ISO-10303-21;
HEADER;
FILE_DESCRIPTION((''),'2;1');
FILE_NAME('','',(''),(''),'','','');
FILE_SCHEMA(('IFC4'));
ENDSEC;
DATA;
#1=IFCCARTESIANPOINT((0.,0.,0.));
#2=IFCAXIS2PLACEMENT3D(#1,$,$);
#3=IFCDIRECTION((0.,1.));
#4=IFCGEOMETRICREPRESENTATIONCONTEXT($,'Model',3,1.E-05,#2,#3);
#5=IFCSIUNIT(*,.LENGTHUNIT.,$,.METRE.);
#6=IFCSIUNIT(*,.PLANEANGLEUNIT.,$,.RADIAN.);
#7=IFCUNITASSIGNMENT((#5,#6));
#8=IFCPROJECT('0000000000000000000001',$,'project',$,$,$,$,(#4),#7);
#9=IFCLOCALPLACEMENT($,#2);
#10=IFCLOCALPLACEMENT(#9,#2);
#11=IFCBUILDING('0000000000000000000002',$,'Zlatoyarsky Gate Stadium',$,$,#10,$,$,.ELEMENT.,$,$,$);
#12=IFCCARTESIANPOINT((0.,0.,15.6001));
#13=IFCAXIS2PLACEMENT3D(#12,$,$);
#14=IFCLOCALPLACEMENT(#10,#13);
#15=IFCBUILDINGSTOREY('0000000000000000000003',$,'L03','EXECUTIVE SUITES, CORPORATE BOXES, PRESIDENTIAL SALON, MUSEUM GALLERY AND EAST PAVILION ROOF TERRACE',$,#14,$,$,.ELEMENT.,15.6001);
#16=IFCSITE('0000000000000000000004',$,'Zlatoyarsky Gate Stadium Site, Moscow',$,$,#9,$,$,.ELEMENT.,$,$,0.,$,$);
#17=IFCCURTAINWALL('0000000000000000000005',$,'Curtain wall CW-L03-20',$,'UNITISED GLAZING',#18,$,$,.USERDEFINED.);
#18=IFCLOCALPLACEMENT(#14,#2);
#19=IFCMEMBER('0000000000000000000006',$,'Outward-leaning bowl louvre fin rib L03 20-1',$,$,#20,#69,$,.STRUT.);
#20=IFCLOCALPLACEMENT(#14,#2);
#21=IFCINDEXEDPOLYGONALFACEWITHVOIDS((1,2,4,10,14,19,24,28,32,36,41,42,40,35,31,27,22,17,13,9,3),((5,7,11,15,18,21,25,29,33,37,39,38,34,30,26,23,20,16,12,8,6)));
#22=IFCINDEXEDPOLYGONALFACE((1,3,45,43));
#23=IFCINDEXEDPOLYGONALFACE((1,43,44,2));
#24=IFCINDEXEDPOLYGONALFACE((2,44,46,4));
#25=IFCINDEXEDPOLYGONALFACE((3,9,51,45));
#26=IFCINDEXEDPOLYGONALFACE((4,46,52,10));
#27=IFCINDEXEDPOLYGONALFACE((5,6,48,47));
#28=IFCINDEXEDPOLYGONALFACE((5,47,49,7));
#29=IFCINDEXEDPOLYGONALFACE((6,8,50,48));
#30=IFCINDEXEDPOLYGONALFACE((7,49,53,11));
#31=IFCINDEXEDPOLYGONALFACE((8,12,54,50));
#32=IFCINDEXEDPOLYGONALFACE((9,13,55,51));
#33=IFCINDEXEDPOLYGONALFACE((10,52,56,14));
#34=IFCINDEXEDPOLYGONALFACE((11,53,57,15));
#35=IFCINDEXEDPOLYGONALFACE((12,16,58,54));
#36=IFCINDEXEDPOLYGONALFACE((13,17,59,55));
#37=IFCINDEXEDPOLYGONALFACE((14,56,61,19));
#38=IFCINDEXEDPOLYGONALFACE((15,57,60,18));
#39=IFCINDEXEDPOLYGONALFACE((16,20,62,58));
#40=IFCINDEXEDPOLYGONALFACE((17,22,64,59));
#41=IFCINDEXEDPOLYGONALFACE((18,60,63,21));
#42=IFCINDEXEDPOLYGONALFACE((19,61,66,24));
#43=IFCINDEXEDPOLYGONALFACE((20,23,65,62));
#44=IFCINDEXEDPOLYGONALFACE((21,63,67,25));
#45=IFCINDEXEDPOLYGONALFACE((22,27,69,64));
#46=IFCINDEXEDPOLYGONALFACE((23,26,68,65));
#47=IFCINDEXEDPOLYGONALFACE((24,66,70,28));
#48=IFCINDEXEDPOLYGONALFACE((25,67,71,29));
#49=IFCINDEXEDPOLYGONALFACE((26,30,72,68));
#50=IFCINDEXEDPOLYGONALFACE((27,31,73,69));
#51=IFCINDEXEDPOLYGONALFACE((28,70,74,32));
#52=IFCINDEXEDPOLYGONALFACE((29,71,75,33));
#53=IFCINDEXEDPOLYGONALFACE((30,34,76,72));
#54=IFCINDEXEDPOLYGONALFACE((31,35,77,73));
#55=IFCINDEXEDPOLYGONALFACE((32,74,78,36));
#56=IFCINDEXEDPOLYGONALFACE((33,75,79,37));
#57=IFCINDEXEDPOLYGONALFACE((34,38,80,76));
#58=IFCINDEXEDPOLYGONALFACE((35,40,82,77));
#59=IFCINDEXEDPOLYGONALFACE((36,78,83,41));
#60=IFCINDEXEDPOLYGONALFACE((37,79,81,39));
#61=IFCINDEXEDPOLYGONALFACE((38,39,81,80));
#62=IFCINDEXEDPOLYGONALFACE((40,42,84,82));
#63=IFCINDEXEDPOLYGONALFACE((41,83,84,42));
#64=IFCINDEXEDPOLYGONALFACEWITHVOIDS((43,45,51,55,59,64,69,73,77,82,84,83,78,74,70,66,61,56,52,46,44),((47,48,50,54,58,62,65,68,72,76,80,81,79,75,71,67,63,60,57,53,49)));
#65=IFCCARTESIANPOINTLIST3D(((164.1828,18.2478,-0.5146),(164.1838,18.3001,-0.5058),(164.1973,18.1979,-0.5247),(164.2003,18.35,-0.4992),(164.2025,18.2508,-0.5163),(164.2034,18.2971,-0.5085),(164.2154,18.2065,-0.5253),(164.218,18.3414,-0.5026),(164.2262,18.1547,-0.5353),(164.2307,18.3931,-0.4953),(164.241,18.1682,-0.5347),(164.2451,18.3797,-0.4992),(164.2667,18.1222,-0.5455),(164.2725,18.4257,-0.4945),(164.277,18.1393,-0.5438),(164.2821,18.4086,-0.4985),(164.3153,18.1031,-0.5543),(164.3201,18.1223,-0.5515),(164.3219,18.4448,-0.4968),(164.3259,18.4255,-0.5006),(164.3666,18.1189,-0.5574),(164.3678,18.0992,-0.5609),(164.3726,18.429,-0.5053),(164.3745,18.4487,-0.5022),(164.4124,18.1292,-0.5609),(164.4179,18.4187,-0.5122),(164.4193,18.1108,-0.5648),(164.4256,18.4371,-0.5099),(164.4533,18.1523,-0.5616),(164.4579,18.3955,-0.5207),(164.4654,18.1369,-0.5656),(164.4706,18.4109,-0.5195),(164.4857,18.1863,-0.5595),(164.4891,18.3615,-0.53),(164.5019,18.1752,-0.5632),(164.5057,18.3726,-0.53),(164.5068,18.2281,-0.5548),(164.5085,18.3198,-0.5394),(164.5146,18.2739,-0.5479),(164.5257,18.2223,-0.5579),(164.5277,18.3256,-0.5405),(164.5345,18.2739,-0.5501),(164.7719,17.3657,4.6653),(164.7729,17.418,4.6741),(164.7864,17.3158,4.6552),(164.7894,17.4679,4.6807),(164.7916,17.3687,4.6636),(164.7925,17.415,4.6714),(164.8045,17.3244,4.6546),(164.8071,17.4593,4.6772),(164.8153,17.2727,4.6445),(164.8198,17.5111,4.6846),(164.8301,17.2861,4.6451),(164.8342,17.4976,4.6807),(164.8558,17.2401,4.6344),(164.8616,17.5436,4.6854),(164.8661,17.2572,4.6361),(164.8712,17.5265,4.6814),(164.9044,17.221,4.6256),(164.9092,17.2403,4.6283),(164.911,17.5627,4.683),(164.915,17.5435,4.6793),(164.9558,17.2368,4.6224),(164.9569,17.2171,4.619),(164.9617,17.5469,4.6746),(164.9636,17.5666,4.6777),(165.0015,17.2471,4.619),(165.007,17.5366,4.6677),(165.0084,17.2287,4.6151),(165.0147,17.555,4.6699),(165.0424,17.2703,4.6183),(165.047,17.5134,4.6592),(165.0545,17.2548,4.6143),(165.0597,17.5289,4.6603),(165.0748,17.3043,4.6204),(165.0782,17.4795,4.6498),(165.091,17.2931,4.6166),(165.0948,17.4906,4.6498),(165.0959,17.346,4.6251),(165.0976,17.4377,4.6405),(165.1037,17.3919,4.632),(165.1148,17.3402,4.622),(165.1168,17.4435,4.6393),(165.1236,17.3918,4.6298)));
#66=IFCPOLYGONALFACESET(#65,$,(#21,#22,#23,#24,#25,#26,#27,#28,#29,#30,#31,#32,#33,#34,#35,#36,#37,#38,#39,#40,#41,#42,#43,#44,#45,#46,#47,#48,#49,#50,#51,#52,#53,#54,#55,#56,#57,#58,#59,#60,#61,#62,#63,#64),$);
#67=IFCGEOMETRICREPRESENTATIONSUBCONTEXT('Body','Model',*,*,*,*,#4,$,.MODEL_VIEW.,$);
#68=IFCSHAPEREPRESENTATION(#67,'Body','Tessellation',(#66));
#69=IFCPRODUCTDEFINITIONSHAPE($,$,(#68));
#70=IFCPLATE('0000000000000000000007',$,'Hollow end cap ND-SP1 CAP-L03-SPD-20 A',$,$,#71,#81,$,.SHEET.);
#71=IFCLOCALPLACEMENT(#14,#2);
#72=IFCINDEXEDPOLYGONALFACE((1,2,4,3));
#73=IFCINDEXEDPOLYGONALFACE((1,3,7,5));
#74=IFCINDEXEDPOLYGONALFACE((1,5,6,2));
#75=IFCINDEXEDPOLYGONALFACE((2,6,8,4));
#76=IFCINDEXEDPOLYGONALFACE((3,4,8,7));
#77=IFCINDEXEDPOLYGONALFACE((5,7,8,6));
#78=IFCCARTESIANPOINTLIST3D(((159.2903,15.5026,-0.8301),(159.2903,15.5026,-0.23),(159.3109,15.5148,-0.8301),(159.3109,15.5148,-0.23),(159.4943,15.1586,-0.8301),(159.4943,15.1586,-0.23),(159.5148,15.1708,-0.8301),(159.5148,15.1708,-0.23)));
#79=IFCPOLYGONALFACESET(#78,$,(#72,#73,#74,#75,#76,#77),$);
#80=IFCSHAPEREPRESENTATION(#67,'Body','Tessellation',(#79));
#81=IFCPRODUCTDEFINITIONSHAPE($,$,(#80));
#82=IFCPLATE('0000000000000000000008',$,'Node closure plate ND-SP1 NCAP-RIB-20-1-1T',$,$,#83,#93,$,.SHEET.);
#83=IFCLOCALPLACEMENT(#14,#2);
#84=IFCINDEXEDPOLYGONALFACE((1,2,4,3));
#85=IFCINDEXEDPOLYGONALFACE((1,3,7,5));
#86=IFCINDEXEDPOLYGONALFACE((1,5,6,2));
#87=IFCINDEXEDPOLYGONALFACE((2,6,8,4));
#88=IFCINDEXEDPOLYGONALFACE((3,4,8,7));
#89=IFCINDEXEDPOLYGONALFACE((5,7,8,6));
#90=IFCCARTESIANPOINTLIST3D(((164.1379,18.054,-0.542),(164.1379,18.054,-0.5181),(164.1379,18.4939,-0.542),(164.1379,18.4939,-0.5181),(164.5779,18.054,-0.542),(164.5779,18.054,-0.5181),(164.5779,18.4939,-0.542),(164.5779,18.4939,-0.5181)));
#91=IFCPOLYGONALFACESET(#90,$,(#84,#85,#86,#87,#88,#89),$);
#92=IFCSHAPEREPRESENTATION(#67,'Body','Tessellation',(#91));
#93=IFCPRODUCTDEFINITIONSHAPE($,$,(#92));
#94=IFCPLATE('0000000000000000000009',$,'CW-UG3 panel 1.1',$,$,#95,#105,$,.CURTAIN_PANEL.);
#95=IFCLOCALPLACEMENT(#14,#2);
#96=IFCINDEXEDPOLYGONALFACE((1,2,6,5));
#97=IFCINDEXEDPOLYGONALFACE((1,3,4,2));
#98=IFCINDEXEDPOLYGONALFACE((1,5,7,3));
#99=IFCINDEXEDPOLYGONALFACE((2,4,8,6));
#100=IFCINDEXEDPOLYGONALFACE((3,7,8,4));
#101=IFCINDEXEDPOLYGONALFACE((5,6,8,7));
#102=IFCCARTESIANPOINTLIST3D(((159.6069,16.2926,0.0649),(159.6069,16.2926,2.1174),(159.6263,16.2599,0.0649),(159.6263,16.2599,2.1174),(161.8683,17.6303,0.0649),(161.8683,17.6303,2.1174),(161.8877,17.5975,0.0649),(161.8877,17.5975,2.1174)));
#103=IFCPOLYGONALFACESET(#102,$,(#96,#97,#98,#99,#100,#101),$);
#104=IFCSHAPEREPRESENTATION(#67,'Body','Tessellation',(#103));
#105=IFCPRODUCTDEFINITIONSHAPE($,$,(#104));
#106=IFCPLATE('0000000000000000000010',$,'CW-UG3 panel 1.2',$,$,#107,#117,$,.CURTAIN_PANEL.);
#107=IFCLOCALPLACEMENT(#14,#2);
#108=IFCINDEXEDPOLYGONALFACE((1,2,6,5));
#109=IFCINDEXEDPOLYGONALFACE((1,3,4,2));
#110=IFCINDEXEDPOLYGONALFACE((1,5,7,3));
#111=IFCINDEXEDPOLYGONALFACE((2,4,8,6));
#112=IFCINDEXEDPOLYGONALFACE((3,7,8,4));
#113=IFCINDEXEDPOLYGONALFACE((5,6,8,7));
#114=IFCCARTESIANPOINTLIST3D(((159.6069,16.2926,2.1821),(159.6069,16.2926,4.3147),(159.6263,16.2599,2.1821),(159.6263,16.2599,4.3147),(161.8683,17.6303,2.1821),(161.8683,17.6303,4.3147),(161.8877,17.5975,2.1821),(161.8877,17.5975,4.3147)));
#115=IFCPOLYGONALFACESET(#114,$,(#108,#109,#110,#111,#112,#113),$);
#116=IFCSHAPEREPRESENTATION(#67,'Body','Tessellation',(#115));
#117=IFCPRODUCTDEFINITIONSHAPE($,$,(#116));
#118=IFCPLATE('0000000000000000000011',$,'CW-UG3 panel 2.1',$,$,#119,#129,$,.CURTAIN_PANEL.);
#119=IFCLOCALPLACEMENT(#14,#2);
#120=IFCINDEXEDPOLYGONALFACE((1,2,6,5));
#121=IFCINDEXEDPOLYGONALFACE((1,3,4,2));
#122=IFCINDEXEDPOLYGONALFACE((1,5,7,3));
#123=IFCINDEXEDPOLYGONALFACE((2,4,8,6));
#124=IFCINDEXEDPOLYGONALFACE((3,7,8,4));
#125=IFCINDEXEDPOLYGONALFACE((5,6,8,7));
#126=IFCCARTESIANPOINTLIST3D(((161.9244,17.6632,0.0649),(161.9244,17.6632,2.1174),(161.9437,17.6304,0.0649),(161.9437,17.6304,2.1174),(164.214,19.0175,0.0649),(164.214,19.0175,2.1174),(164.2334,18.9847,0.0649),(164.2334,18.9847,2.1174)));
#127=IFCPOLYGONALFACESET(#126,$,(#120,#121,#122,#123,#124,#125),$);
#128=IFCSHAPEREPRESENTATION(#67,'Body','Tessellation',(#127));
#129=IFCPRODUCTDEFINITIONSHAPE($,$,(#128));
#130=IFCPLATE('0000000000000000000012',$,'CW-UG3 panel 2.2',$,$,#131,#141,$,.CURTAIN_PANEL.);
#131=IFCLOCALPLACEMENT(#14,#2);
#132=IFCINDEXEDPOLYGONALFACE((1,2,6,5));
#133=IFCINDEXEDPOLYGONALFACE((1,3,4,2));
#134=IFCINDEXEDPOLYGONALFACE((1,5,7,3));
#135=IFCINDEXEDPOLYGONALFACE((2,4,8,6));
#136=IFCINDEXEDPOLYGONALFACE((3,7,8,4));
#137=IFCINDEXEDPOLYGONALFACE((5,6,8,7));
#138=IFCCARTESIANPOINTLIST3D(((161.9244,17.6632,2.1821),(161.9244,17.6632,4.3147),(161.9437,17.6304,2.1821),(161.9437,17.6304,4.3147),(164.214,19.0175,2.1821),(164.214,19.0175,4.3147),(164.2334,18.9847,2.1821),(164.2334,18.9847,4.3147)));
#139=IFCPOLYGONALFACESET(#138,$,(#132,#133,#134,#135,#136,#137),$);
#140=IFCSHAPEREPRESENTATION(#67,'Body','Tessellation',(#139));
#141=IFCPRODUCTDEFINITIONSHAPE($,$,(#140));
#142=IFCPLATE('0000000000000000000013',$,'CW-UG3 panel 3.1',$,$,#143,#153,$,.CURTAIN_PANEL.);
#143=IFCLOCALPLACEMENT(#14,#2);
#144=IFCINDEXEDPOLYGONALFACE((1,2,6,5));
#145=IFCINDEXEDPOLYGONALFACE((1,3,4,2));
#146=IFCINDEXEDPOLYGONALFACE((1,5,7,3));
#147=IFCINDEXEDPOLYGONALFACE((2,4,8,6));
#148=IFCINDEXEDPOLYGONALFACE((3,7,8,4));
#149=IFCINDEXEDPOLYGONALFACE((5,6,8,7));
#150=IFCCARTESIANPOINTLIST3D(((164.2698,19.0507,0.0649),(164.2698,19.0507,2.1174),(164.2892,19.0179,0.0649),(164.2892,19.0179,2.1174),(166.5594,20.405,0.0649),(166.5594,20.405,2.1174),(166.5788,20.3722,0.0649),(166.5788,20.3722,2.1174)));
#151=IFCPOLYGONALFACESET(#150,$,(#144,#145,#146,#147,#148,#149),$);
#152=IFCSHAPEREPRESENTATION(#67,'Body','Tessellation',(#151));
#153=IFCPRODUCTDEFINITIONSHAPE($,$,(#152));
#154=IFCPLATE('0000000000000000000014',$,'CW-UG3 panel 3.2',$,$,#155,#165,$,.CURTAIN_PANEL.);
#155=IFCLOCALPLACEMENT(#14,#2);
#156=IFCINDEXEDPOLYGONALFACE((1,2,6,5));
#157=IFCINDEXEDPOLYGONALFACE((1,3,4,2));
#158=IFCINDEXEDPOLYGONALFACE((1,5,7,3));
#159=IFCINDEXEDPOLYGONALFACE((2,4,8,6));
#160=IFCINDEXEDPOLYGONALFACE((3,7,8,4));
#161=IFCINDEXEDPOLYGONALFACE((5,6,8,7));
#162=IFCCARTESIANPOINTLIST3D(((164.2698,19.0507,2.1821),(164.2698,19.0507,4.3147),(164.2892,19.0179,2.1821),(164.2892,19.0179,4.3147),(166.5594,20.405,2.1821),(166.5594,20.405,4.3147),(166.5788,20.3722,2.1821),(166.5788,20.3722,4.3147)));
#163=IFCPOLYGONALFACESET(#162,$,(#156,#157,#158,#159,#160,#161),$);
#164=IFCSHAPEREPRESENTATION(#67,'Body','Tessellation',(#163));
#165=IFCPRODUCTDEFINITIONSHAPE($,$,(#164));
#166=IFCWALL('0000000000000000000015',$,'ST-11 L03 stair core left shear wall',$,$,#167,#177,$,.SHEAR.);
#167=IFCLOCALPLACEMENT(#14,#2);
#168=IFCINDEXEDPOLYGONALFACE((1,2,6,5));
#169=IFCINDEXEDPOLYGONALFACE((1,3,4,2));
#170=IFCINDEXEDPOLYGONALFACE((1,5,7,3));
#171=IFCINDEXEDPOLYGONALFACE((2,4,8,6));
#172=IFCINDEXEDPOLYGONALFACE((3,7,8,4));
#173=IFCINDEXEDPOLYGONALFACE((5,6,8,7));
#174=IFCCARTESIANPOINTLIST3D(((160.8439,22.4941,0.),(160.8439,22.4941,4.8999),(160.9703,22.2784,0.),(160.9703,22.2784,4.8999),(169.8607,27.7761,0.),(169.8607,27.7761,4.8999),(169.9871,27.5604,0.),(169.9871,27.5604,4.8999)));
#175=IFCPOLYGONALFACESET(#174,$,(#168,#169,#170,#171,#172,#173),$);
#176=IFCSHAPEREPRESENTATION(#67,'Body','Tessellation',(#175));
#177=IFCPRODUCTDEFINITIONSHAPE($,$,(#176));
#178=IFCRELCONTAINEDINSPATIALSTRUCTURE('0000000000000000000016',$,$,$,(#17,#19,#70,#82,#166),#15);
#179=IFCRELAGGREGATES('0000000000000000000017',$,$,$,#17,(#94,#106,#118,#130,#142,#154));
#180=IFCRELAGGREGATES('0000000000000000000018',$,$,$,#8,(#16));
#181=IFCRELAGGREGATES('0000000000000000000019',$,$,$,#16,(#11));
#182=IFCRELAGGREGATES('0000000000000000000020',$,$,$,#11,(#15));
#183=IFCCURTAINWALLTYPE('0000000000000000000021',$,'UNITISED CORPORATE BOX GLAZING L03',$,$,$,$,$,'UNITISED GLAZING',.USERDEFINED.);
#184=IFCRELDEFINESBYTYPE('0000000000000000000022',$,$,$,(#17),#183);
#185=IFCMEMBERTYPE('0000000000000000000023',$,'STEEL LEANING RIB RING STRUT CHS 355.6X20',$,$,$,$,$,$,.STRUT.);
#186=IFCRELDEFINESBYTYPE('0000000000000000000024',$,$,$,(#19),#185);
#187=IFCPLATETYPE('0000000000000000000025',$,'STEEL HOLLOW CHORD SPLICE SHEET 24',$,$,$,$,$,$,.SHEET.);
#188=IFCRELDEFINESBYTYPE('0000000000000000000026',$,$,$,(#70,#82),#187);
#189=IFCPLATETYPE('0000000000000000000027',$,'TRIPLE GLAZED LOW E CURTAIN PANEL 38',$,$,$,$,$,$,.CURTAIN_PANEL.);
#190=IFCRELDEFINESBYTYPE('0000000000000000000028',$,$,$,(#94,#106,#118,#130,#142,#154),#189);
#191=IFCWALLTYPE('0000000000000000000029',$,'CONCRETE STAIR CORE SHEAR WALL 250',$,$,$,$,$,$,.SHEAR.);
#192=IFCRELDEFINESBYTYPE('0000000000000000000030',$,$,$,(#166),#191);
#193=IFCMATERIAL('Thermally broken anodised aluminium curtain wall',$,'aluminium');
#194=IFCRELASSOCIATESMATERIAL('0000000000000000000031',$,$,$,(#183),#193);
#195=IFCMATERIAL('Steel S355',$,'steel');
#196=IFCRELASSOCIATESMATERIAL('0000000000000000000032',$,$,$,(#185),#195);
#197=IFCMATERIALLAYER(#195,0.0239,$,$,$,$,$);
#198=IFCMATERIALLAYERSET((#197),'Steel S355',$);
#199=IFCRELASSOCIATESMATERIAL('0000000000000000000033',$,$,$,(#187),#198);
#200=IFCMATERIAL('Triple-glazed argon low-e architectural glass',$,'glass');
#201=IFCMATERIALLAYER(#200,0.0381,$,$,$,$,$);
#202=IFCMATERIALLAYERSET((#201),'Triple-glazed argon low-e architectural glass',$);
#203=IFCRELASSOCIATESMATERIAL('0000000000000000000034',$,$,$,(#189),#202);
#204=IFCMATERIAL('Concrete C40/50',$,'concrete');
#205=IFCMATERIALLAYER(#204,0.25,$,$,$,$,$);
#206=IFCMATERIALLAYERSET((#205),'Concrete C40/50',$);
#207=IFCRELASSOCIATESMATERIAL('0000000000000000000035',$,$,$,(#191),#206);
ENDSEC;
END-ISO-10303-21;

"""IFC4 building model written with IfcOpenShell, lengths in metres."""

from ifc_helpers import new_model, si_unit, direction, frame, frame_2d, origin, origin_2d, place, context, subcontext, project, spatial, rectangle, hollow_circle, extrude, material, layer, layer_set, material_profile, profile_set, type_object, element, aggregate, save


model = new_model("IFC4")

# Units and contexts
model_context = context("Model", 3, precision=1e-05, world=origin(), true_north=direction((0.0, 1.0)))
body_context = subcontext(model_context, "Body", "Model", "MODEL_VIEW")
ifc_project = project(units=[si_unit("LENGTHUNIT", "METRE"), si_unit("PLANEANGLEUNIT", "RADIAN")], contexts=[model_context])

# Site, building, storey
site_placement = place(None, origin())
site = spatial("IfcSite", under=ifc_project, at=site_placement, Name="Zlatoyarsky Gate Stadium Site, Moscow", CompositionType="ELEMENT", RefElevation=0.0)
building_placement = place(site_placement, origin())
building = spatial("IfcBuilding", under=site, at=building_placement, Name="Zlatoyarsky Gate Stadium", CompositionType="ELEMENT")
storey_placement = place(building_placement, frame((0.0, 0.0, 15.6001)))
storey = spatial("IfcBuildingStorey", under=building, at=storey_placement, Name="L03", Description="EXECUTIVE SUITES, CORPORATE BOXES, PRESIDENTIAL SALON, MUSEUM GALLERY AND EAST PAVILION ROOF TERRACE", CompositionType="ELEMENT", Elevation=15.6001)

# Curtain wall
ifc_material_1 = material(Name="Thermally broken anodised aluminium curtain wall", Category="aluminium")
curtain_wall_type = type_object("IfcCurtainWallType", Name="UNITISED CORPORATE BOX GLAZING L03", ElementType="UNITISED GLAZING", PredefinedType="USERDEFINED", material=ifc_material_1)
curtain_wall_placement = place(storey_placement, origin())
curtain_wall = element("IfcCurtainWall", 1, at=curtain_wall_placement, inside=storey, type_object=curtain_wall_type, Name="Curtain wall CW-L03-20", ObjectType="UNITISED GLAZING", PredefinedType="USERDEFINED")

# Member
ifc_material_2 = material(Name="Steel S355", Category="steel")
ifc_material_profile_1 = material_profile(ifc_material_2, hollow_circle(Radius=0.1777, WallThickness=0.02, at=origin_2d()), Name="CHS 355.6X20")
ifc_profile_set_1 = profile_set([ifc_material_profile_1], Name="Steel S355")
member_type_1 = type_object("IfcMemberType", Name="STEEL LEANING RIB RING STRUT CHS 355.6X20", PredefinedType="STRUT", material=ifc_profile_set_1)
member_1_placement = place(storey_placement, frame((164.3579, 18.2739, -0.53), z_axis=(0.111418, -0.166826, 0.979671), x_axis=(0.83159, 0.555391, 0.0)))
element("IfcMember", 2, at=member_1_placement, inside=storey, type_object=member_type_1, Name="Outward-leaning bowl louvre fin rib L03 20-1", PredefinedType="STRUT", context=body_context, shape_type="SweptSolid", body=[
    extrude(hollow_circle(Radius=0.1777, WallThickness=0.02, at=origin_2d()), origin(), (0.0, 0.0, 1.0), 5.2874),
])

# Plates
ifc_layer_1 = layer(ifc_material_2, 0.0239)
ifc_layer_set_1 = layer_set([ifc_layer_1], Name="Steel S355")
plate_type_1 = type_object("IfcPlateType", Name="STEEL HOLLOW CHORD SPLICE SHEET 24", PredefinedType="SHEET", material=ifc_layer_set_1)
plate_1_placement = place(storey_placement, frame((159.4026, 15.3367, -0.8301), z_axis=(0.0, 0.0, 1.0), x_axis=(0.860229, 0.509908, 0.0)))
element("IfcPlate", 3, at=plate_1_placement, inside=storey, type_object=plate_type_1, Name="Hollow end cap ND-SP1 CAP-L03-SPD-20 A", PredefinedType="SHEET", context=body_context, shape_type="SweptSolid", body=[
    extrude(rectangle(XDim=0.0239, YDim=0.3999, at=origin_2d()), origin(), (0.0, 0.0, 1.0), 0.6001),
])
plate_2_placement = place(storey_placement, frame((164.3579, 18.2739, -0.542), z_axis=(0.0, 0.0, 1.0), x_axis=(1.0, 0.0, 0.0)))
element("IfcPlate", 4, at=plate_2_placement, inside=storey, type_object=plate_type_1, Name="Node closure plate ND-SP1 NCAP-RIB-20-1-1T", PredefinedType="SHEET", context=body_context, shape_type="SweptSolid", body=[
    extrude(rectangle(XDim=0.4399, YDim=0.4399, at=origin_2d()), origin(), (0.0, 0.0, 1.0), 0.0239),
])

# Plates
ifc_material_3 = material(Name="Triple-glazed argon low-e architectural glass", Category="glass")
ifc_layer_2 = layer(ifc_material_3, 0.0381)
ifc_layer_set_2 = layer_set([ifc_layer_2], Name="Triple-glazed argon low-e architectural glass")
plate_type_2 = type_object("IfcPlateType", Name="TRIPLE GLAZED LOW E CURTAIN PANEL 38", PredefinedType="CURTAIN_PANEL", material=ifc_layer_set_2)
plate_3_placement = place(storey_placement, frame((160.7473, 16.9451, 0.0649), z_axis=(0.0, 0.0, 1.0), x_axis=(0.860708, 0.509098, 0.0)))
plate_3 = element("IfcPlate", 5, at=plate_3_placement, type_object=plate_type_2, Name="CW-UG3 panel 1.1", PredefinedType="CURTAIN_PANEL", context=body_context, shape_type="SweptSolid", body=[
    extrude(rectangle(XDim=2.6274, YDim=0.0381, at=origin_2d()), origin(), (0.0, 0.0, 1.0), 2.0525),
])
plate_4_placement = place(storey_placement, frame((160.7473, 16.9451, 2.1821), z_axis=(0.0, 0.0, 1.0), x_axis=(0.860708, 0.509098, 0.0)))
plate_4 = element("IfcPlate", 6, at=plate_4_placement, type_object=plate_type_2, Name="CW-UG3 panel 1.2", PredefinedType="CURTAIN_PANEL", context=body_context, shape_type="SweptSolid", body=[
    extrude(rectangle(XDim=2.6274, YDim=0.0381, at=origin_2d()), origin(), (0.0, 0.0, 1.0), 2.1326),
])
plate_5_placement = place(storey_placement, frame((163.0789, 18.324, 0.0649), z_axis=(0.0, 0.0, 1.0), x_axis=(0.860708, 0.509098, 0.0)))
plate_5 = element("IfcPlate", 7, at=plate_5_placement, type_object=plate_type_2, Name="CW-UG3 panel 2.1", PredefinedType="CURTAIN_PANEL", context=body_context, shape_type="SweptSolid", body=[
    extrude(rectangle(XDim=2.6602, YDim=0.0381, at=origin_2d()), origin(), (0.0, 0.0, 1.0), 2.0525),
])
plate_6_placement = place(storey_placement, frame((163.0789, 18.324, 2.1821), z_axis=(0.0, 0.0, 1.0), x_axis=(0.860708, 0.509098, 0.0)))
plate_6 = element("IfcPlate", 8, at=plate_6_placement, type_object=plate_type_2, Name="CW-UG3 panel 2.2", PredefinedType="CURTAIN_PANEL", context=body_context, shape_type="SweptSolid", body=[
    extrude(rectangle(XDim=2.6602, YDim=0.0381, at=origin_2d()), origin(), (0.0, 0.0, 1.0), 2.1326),
])
plate_7_placement = place(storey_placement, frame((165.4243, 19.7114, 0.0649), z_axis=(0.0, 0.0, 1.0), x_axis=(0.860708, 0.509098, 0.0)))
plate_7 = element("IfcPlate", 9, at=plate_7_placement, type_object=plate_type_2, Name="CW-UG3 panel 3.1", PredefinedType="CURTAIN_PANEL", context=body_context, shape_type="SweptSolid", body=[
    extrude(rectangle(XDim=2.6602, YDim=0.0381, at=origin_2d()), origin(), (0.0, 0.0, 1.0), 2.0525),
])
plate_8_placement = place(storey_placement, frame((165.4243, 19.7114, 2.1821), z_axis=(0.0, 0.0, 1.0), x_axis=(0.860708, 0.509098, 0.0)))
plate_8 = element("IfcPlate", 10, at=plate_8_placement, type_object=plate_type_2, Name="CW-UG3 panel 3.2", PredefinedType="CURTAIN_PANEL", context=body_context, shape_type="SweptSolid", body=[
    extrude(rectangle(XDim=2.6602, YDim=0.0381, at=origin_2d()), origin(), (0.0, 0.0, 1.0), 2.1326),
])
aggregate(curtain_wall, [plate_3, plate_4, plate_5, plate_6, plate_7, plate_8])

# Wall
ifc_material_4 = material(Name="Concrete C40/50", Category="concrete")
ifc_layer_3 = layer(ifc_material_4, 0.25)
ifc_layer_set_3 = layer_set([ifc_layer_3], Name="Concrete C40/50")
wall_type = type_object("IfcWallType", Name="CONCRETE STAIR CORE SHEAR WALL 250", PredefinedType="SHEAR", material=ifc_layer_set_3)
wall_placement = place(storey_placement, frame((160.907, 22.3862, 0.0), z_axis=(0.0, 0.0, 1.0), x_axis=(0.862855, 0.505452, 0.0)))
element("IfcWall", 11, at=wall_placement, inside=storey, type_object=wall_type, Name="ST-11 L03 stair core left shear wall", PredefinedType="SHEAR", context=body_context, shape_type="SweptSolid", body=[
    extrude(rectangle(XDim=10.45, YDim=0.25, at=frame_2d((5.2251, 0.0))), origin(), (0.0, 0.0, 1.0), 4.8999),
])

save(model, "model.ifc")
